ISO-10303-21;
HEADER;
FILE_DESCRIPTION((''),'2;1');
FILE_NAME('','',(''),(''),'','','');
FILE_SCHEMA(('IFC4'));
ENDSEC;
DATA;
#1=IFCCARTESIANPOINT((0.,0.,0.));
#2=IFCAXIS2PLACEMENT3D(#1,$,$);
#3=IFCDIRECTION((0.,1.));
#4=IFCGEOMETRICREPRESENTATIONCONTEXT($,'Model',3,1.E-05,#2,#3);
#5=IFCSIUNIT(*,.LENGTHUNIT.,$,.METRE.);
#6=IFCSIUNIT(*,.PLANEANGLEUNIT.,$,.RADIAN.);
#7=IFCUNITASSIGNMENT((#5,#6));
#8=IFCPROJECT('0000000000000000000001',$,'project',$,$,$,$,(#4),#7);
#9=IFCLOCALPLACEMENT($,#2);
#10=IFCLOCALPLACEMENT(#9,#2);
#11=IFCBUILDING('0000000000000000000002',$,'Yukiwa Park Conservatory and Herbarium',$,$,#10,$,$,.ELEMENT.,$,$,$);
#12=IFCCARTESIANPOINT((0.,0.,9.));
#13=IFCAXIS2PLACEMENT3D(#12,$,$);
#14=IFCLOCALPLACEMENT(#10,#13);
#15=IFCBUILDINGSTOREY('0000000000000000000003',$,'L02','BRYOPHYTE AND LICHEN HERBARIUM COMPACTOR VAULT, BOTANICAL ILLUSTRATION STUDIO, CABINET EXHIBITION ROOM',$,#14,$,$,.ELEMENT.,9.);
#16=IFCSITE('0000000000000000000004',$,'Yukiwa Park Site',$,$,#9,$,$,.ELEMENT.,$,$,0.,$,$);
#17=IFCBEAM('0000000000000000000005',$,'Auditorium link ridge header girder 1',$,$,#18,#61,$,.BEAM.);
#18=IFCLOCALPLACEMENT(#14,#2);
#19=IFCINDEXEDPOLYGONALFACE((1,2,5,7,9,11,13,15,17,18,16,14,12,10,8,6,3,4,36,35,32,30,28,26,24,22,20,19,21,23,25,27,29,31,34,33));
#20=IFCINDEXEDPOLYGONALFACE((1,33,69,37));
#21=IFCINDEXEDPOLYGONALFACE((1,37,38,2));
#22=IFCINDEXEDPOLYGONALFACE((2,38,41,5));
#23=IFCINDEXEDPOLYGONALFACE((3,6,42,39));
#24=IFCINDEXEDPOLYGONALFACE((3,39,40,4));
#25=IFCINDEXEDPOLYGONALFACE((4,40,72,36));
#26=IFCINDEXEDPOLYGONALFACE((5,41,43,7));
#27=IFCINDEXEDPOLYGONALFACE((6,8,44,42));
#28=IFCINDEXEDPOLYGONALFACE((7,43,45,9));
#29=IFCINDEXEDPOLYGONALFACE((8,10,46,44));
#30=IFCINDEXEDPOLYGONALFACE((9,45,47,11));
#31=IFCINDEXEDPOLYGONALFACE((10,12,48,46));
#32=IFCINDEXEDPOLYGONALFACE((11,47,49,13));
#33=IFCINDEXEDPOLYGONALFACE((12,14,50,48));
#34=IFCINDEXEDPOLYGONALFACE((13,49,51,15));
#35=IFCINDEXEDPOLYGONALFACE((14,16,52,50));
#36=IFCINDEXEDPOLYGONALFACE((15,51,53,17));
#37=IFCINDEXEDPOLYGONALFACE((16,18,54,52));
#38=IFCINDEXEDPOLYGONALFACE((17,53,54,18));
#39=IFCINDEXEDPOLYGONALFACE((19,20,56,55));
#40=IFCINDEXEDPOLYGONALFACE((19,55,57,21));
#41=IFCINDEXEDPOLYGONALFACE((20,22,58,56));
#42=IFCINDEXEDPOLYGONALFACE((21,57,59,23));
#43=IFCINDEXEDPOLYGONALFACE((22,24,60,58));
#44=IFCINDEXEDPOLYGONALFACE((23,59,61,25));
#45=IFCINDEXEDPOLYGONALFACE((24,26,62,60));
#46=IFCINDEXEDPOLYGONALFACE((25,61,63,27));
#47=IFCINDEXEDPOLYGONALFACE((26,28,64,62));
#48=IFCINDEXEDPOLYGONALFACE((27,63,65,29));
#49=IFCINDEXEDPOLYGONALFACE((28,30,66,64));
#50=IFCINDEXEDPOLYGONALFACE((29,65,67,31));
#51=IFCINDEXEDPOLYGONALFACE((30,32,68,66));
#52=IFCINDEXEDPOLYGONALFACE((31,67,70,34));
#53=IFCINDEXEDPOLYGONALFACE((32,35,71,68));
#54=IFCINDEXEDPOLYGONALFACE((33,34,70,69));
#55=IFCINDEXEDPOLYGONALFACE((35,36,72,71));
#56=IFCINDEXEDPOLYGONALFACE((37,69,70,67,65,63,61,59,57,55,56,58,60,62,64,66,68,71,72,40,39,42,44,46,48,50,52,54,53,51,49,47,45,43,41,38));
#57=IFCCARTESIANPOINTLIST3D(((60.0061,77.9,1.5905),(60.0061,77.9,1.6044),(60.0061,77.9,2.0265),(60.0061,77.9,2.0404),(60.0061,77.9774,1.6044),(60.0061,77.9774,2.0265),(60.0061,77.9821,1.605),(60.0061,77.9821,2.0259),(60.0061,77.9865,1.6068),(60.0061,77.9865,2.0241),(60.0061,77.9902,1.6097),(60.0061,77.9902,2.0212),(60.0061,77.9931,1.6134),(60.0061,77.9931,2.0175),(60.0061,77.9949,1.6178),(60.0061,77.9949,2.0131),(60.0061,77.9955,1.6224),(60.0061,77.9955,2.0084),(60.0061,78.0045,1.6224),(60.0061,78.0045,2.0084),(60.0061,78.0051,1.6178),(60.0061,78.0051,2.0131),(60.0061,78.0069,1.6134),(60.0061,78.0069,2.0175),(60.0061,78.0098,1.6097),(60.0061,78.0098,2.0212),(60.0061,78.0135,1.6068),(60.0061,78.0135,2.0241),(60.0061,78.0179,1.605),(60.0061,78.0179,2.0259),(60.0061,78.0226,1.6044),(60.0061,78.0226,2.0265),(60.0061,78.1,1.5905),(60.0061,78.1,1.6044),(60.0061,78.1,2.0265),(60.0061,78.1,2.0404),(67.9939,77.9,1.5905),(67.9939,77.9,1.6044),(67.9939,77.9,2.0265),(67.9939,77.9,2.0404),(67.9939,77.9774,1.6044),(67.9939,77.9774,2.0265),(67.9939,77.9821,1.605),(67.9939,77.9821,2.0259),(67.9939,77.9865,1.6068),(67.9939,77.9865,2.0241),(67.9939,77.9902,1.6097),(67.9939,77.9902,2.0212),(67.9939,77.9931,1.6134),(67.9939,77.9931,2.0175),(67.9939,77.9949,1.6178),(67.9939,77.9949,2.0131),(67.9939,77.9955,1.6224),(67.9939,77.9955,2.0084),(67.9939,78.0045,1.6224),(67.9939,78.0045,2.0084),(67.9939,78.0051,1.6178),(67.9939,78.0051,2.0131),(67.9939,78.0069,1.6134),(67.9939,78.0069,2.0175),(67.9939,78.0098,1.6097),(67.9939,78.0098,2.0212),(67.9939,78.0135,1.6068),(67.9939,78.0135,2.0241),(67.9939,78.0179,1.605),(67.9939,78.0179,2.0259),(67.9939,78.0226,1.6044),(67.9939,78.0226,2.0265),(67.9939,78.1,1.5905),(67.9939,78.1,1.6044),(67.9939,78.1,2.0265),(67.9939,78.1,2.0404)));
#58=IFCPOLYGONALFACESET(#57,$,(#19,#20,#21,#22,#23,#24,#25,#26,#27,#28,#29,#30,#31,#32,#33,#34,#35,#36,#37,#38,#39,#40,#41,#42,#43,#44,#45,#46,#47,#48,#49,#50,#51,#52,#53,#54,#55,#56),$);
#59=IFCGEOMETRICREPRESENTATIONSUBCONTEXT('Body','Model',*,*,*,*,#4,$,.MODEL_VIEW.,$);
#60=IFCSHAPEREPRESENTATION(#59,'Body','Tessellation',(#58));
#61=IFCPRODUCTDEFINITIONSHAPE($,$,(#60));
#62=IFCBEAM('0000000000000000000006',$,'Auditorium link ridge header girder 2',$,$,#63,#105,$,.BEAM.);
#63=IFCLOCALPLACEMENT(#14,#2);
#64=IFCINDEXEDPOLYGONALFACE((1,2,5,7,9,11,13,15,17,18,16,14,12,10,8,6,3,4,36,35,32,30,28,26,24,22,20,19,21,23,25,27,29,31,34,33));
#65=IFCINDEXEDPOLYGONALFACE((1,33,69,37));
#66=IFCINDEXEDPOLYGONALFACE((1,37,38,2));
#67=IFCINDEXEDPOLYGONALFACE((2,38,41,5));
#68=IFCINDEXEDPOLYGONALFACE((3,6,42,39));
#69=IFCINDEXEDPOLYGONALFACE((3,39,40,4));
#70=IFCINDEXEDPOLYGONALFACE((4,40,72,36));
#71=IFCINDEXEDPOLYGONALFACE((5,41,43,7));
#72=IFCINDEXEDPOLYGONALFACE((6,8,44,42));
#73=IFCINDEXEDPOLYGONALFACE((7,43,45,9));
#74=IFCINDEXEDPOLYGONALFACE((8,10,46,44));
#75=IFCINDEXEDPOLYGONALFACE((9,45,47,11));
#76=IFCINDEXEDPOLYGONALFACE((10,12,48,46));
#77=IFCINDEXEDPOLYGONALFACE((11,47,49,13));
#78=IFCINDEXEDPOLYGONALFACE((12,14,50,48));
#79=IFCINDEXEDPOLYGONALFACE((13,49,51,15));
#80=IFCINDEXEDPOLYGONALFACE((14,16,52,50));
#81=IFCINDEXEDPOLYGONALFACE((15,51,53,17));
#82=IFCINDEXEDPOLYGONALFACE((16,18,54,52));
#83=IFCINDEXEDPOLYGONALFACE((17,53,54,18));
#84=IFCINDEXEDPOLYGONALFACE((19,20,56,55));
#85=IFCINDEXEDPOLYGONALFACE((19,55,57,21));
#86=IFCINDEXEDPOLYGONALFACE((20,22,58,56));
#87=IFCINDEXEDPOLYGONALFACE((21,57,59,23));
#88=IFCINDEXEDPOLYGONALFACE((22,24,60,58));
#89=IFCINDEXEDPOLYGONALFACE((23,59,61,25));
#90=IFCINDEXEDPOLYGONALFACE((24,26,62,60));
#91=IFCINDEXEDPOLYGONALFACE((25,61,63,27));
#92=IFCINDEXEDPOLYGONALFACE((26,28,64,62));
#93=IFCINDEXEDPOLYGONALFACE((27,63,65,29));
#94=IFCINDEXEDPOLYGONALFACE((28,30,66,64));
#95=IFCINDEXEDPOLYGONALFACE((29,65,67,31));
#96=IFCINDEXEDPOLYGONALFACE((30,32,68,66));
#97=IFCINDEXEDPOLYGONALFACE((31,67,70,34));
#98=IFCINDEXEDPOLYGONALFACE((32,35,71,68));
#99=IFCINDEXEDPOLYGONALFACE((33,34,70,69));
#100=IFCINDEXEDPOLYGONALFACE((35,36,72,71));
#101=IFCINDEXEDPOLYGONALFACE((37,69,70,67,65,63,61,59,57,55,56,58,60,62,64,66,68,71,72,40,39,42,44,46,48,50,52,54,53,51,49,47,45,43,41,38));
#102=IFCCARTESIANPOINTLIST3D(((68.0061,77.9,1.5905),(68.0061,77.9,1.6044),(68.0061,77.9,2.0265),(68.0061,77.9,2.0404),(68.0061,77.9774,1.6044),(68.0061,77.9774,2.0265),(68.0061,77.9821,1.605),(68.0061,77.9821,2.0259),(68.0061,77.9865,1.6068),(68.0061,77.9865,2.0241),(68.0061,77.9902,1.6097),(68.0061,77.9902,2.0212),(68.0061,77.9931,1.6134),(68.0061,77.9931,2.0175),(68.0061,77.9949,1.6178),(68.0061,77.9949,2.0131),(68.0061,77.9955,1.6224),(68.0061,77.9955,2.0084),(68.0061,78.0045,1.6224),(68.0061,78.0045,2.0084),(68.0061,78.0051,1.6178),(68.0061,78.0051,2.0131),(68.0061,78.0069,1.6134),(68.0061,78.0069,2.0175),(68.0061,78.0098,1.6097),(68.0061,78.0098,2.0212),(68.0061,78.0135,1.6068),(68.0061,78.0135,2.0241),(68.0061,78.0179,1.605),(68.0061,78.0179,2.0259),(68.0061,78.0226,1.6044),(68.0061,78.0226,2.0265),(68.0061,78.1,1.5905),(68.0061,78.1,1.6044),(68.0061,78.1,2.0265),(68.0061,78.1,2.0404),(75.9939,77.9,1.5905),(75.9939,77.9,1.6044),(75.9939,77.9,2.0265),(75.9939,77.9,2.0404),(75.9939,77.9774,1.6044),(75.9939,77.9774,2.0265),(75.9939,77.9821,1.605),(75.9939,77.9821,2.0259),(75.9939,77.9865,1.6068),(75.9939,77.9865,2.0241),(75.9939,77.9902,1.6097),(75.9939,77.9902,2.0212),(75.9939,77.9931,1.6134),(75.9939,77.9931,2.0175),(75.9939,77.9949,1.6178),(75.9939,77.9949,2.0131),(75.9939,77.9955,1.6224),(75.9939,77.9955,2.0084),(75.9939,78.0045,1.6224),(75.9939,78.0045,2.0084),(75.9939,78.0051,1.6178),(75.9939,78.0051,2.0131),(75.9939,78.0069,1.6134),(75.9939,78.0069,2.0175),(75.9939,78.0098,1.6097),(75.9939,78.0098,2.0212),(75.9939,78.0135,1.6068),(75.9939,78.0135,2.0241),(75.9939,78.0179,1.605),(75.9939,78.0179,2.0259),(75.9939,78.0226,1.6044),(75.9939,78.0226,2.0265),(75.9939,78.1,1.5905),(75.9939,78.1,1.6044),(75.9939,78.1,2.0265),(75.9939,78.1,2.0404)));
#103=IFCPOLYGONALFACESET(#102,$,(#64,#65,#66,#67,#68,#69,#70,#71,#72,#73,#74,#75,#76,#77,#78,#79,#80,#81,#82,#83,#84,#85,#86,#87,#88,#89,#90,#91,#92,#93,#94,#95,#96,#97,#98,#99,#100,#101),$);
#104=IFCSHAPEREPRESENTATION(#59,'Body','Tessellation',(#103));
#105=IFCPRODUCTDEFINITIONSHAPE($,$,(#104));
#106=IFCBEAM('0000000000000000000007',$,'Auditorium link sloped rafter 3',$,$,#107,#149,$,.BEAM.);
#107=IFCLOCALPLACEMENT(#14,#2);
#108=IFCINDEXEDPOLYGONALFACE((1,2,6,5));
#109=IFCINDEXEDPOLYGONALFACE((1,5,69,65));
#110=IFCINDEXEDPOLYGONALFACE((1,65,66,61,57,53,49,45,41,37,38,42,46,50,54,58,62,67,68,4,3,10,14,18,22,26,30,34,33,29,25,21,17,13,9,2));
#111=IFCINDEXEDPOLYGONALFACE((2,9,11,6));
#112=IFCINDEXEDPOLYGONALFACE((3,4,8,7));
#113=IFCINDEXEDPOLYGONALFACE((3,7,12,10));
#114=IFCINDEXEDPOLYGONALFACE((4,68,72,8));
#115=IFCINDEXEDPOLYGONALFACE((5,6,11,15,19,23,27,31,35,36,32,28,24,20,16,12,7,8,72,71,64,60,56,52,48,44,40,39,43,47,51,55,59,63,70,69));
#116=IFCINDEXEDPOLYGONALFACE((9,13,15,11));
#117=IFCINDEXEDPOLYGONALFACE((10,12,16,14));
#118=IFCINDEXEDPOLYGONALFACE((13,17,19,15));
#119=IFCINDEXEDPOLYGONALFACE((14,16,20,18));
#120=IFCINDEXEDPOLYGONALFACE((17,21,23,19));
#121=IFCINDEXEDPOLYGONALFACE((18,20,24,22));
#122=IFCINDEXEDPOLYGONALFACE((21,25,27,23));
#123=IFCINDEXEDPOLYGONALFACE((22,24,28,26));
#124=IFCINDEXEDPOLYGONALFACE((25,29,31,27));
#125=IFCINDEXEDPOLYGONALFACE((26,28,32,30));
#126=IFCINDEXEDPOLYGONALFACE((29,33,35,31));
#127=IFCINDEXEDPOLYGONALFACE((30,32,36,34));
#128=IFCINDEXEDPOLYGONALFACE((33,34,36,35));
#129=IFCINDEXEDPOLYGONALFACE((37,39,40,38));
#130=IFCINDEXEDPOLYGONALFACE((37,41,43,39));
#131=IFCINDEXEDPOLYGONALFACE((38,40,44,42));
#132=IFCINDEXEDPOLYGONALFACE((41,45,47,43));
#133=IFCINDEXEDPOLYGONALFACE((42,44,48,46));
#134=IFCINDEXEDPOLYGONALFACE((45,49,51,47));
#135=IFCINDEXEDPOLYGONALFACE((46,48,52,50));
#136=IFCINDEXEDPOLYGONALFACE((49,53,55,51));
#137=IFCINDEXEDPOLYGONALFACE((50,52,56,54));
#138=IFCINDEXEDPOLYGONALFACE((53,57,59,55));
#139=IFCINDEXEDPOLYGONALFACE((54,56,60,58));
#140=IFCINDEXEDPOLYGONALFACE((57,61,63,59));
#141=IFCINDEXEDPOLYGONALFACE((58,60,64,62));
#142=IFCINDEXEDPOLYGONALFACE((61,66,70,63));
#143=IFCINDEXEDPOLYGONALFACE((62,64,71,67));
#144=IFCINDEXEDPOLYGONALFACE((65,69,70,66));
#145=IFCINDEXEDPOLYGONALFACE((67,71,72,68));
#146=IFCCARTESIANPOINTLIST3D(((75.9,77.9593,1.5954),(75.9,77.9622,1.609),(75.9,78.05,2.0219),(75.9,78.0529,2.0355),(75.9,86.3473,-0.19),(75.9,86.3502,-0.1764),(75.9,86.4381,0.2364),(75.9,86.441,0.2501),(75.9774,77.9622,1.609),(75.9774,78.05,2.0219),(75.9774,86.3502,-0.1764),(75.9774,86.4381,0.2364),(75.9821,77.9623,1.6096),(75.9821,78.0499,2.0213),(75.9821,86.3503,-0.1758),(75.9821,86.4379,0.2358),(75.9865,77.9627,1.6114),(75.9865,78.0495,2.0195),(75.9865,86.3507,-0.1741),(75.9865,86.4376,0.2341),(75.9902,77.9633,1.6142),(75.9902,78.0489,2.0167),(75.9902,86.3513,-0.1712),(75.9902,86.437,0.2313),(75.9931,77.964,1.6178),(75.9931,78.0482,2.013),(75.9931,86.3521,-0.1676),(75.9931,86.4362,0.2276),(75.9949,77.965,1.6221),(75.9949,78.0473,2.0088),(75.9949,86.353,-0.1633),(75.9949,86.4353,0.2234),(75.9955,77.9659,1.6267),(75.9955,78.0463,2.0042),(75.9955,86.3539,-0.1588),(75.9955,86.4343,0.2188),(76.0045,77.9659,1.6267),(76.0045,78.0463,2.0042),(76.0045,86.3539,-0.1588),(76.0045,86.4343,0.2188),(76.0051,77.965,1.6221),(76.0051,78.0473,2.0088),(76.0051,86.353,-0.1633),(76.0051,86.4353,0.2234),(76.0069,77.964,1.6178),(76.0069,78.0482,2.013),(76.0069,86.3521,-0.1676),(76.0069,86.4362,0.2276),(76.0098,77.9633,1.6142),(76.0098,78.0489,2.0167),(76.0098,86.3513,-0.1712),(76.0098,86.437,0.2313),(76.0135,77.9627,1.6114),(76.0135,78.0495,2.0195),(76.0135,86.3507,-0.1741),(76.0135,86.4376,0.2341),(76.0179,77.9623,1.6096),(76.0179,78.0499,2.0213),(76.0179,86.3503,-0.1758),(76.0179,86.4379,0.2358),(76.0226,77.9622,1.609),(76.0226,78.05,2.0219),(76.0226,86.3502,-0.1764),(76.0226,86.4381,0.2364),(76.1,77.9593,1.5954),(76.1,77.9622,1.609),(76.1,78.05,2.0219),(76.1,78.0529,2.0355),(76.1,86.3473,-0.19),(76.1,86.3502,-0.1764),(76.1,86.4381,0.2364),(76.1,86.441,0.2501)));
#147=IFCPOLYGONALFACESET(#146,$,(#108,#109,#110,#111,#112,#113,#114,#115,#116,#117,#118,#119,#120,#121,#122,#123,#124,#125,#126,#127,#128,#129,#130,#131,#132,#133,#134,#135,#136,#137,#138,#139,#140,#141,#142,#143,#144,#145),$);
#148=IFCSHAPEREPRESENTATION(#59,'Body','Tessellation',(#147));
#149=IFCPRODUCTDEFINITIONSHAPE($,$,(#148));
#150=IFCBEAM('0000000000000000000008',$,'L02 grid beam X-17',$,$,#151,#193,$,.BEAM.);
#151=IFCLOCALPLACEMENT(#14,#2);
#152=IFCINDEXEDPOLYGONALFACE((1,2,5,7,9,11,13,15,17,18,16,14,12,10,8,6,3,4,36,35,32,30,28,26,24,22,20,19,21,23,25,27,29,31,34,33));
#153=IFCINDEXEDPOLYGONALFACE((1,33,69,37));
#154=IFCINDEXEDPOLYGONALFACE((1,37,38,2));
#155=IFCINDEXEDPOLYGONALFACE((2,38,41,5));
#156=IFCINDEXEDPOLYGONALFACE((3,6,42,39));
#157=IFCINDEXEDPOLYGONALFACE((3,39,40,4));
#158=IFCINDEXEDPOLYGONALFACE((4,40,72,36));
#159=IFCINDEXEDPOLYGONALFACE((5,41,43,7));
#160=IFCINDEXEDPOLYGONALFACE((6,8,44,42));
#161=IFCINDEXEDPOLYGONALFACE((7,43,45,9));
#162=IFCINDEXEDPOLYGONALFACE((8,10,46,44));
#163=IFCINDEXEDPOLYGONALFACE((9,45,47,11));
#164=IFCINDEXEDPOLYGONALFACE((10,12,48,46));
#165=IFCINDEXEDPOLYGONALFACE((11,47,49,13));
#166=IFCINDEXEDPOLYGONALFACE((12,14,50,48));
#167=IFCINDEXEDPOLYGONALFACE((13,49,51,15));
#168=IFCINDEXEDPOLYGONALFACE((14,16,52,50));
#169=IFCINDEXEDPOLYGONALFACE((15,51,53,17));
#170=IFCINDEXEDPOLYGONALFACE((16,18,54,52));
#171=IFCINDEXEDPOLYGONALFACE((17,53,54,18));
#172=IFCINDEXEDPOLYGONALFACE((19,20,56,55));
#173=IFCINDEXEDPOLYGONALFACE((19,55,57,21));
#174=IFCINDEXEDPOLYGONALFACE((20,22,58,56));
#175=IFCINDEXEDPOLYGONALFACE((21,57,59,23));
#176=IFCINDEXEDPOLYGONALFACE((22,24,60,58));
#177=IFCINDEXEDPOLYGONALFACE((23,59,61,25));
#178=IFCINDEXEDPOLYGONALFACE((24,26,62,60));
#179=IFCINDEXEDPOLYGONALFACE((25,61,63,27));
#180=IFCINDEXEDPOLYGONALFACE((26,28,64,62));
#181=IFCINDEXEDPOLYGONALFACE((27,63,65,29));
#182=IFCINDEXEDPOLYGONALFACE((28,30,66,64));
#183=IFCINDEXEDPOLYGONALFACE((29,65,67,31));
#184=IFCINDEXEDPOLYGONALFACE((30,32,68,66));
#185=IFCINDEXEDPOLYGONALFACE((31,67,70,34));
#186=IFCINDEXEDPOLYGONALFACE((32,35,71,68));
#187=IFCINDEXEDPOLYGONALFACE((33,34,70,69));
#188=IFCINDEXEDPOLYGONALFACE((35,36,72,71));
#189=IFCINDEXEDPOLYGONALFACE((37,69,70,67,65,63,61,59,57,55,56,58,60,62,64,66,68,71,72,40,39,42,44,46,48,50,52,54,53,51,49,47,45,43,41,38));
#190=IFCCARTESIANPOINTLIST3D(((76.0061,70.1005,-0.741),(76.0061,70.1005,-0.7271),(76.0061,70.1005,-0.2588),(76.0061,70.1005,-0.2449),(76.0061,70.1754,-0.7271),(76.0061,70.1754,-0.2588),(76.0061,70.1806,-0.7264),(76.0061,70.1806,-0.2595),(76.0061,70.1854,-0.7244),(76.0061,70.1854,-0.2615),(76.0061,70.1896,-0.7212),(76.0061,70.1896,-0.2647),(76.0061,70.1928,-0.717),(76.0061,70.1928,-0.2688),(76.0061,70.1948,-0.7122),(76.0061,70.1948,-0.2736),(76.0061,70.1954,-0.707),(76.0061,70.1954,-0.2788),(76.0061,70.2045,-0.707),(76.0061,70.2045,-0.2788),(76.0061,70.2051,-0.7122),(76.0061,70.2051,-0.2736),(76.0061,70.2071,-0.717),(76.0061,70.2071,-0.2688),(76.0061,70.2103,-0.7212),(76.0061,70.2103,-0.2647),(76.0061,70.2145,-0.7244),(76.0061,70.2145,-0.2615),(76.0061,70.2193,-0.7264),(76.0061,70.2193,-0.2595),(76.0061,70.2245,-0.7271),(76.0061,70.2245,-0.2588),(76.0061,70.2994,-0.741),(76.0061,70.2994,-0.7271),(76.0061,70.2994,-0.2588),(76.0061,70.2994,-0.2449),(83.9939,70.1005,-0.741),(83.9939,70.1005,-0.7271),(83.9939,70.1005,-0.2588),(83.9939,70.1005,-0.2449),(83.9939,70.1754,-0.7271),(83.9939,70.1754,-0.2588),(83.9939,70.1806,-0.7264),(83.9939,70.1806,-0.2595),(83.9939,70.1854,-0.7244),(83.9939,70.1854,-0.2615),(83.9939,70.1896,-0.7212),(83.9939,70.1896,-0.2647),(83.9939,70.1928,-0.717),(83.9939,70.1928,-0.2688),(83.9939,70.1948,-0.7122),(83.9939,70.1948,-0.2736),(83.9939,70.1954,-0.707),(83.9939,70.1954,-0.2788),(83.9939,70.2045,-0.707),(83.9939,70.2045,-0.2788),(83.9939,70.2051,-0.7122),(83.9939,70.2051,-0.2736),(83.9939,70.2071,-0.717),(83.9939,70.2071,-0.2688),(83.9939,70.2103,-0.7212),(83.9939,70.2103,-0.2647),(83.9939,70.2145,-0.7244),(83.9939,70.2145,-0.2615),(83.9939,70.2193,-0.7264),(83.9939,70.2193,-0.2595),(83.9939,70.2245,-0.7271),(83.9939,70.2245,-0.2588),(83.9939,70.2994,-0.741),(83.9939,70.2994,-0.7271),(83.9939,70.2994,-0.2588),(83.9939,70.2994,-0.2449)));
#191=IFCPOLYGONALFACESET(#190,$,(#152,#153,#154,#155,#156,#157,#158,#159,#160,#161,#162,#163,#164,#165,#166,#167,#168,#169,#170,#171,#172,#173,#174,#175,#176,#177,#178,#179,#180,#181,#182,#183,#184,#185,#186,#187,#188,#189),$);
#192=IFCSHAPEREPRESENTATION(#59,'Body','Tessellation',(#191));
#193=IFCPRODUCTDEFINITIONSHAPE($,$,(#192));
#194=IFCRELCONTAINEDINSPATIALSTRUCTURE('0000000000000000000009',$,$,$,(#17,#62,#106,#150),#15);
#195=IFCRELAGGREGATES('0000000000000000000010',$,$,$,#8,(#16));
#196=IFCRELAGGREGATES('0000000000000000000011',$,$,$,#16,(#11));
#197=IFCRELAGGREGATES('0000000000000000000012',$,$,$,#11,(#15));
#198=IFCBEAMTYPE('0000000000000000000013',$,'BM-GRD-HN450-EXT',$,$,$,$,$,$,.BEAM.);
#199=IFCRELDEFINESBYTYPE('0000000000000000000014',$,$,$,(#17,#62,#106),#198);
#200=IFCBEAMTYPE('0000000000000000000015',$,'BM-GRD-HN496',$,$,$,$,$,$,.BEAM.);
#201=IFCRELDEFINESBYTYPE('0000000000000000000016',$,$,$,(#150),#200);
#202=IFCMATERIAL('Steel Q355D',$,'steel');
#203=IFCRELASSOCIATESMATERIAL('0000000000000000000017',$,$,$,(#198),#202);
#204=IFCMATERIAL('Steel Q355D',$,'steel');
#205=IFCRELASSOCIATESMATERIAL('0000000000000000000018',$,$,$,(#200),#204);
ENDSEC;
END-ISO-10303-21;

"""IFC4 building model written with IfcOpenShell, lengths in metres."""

from ifc_helpers import new_model, si_unit, direction, frame, origin, origin_2d, place, context, subcontext, project, spatial, i_section, extrude, material, material_profile, profile_set, type_object, element, save


model = new_model("IFC4")

# Units and contexts
model_context = context("Model", 3, precision=1e-05, world=origin(), true_north=direction((0.0, 1.0)))
body_context = subcontext(model_context, "Body", "Model", "MODEL_VIEW")
ifc_project = project(units=[si_unit("LENGTHUNIT", "METRE"), si_unit("PLANEANGLEUNIT", "RADIAN")], contexts=[model_context])

# Site, building, storey
site_placement = place(None, origin())
site = spatial("IfcSite", under=ifc_project, at=site_placement, Name="Yukiwa Park Site", CompositionType="ELEMENT", RefElevation=0.0)
building_placement = place(site_placement, origin())
building = spatial("IfcBuilding", under=site, at=building_placement, Name="Yukiwa Park Conservatory and Herbarium", CompositionType="ELEMENT")
storey_placement = place(building_placement, frame((0.0, 0.0, 9.0)))
storey = spatial("IfcBuildingStorey", under=building, at=storey_placement, Name="L02", Description="BRYOPHYTE AND LICHEN HERBARIUM COMPACTOR VAULT, BOTANICAL ILLUSTRATION STUDIO, CABINET EXHIBITION ROOM", CompositionType="ELEMENT", Elevation=9.0)

# Beams
ifc_material_1 = material(Name="Steel Q355D", Category="steel")
ifc_material_profile_1 = material_profile(ifc_material_1, i_section(OverallWidth=0.2, OverallDepth=0.45, WebThickness=0.009, FlangeThickness=0.0139, FilletRadius=0.0181, at=origin_2d()), Name="HN 450x200x9x14")
ifc_profile_set_1 = profile_set([ifc_material_profile_1], Name="Steel Q355D")
beam_type_1 = type_object("IfcBeamType", Name="BM-GRD-HN450-EXT", PredefinedType="BEAM", material=ifc_profile_set_1)
for number, where, z_axis, x_axis, name in (
    (1, (60.0061, 78.0, 1.8154), (1.0, 0.0, 0.0), (0.0, 1.0, 0.0), "Auditorium link ridge header girder 1"),
    (2, (68.0061, 78.0, 1.8154), (1.0, 0.0, 0.0), (0.0, 1.0, 0.0), "Auditorium link ridge header girder 2"),
):
    element("IfcBeam", number, at=place(storey_placement, frame(where, z_axis=z_axis, x_axis=x_axis)), inside=storey, type_object=beam_type_1, Name=name, PredefinedType="BEAM", context=body_context, shape_type="SweptSolid", body=[
        extrude(i_section(OverallWidth=0.2, OverallDepth=0.45, WebThickness=0.009, FlangeThickness=0.0139, FilletRadius=0.0181, at=origin_2d()), origin(), (0.0, 0.0, 1.0), 7.9878),
    ])
beam_1_placement = place(storey_placement, frame((76.0, 78.0061, 1.8154), z_axis=(0.0, 0.978089, -0.208189), x_axis=(-1.0, 0.0, 0.0)))
element("IfcBeam", 3, at=beam_1_placement, inside=storey, type_object=beam_type_1, Name="Auditorium link sloped rafter 3", PredefinedType="BEAM", context=body_context, shape_type="SweptSolid", body=[
    extrude(i_section(OverallWidth=0.2, OverallDepth=0.45, WebThickness=0.009, FlangeThickness=0.0139, FilletRadius=0.0181, at=origin_2d()), origin(), (0.0, 0.0, 1.0), 8.5759),
])
ifc_material_2 = material(Name="Steel Q355D", Category="steel")
ifc_material_profile_2 = material_profile(ifc_material_2, i_section(OverallWidth=0.199, OverallDepth=0.4961, WebThickness=0.009, FlangeThickness=0.0139, FilletRadius=0.02, at=origin_2d()), Name="HN 496x199x9x14")
ifc_profile_set_2 = profile_set([ifc_material_profile_2], Name="Steel Q355D")
beam_type_2 = type_object("IfcBeamType", Name="BM-GRD-HN496", PredefinedType="BEAM", material=ifc_profile_set_2)
beam_2_placement = place(storey_placement, frame((76.0061, 70.2, -0.4929), z_axis=(1.0, 0.0, 0.0), x_axis=(0.0, 1.0, 0.0)))
element("IfcBeam", 4, at=beam_2_placement, inside=storey, type_object=beam_type_2, Name="L02 grid beam X-17", PredefinedType="BEAM", context=body_context, shape_type="SweptSolid", body=[
    extrude(i_section(OverallWidth=0.199, OverallDepth=0.4961, WebThickness=0.009, FlangeThickness=0.0139, FilletRadius=0.02, at=origin_2d()), origin(), (0.0, 0.0, 1.0), 7.9878),
])

save(model, "model.ifc")
